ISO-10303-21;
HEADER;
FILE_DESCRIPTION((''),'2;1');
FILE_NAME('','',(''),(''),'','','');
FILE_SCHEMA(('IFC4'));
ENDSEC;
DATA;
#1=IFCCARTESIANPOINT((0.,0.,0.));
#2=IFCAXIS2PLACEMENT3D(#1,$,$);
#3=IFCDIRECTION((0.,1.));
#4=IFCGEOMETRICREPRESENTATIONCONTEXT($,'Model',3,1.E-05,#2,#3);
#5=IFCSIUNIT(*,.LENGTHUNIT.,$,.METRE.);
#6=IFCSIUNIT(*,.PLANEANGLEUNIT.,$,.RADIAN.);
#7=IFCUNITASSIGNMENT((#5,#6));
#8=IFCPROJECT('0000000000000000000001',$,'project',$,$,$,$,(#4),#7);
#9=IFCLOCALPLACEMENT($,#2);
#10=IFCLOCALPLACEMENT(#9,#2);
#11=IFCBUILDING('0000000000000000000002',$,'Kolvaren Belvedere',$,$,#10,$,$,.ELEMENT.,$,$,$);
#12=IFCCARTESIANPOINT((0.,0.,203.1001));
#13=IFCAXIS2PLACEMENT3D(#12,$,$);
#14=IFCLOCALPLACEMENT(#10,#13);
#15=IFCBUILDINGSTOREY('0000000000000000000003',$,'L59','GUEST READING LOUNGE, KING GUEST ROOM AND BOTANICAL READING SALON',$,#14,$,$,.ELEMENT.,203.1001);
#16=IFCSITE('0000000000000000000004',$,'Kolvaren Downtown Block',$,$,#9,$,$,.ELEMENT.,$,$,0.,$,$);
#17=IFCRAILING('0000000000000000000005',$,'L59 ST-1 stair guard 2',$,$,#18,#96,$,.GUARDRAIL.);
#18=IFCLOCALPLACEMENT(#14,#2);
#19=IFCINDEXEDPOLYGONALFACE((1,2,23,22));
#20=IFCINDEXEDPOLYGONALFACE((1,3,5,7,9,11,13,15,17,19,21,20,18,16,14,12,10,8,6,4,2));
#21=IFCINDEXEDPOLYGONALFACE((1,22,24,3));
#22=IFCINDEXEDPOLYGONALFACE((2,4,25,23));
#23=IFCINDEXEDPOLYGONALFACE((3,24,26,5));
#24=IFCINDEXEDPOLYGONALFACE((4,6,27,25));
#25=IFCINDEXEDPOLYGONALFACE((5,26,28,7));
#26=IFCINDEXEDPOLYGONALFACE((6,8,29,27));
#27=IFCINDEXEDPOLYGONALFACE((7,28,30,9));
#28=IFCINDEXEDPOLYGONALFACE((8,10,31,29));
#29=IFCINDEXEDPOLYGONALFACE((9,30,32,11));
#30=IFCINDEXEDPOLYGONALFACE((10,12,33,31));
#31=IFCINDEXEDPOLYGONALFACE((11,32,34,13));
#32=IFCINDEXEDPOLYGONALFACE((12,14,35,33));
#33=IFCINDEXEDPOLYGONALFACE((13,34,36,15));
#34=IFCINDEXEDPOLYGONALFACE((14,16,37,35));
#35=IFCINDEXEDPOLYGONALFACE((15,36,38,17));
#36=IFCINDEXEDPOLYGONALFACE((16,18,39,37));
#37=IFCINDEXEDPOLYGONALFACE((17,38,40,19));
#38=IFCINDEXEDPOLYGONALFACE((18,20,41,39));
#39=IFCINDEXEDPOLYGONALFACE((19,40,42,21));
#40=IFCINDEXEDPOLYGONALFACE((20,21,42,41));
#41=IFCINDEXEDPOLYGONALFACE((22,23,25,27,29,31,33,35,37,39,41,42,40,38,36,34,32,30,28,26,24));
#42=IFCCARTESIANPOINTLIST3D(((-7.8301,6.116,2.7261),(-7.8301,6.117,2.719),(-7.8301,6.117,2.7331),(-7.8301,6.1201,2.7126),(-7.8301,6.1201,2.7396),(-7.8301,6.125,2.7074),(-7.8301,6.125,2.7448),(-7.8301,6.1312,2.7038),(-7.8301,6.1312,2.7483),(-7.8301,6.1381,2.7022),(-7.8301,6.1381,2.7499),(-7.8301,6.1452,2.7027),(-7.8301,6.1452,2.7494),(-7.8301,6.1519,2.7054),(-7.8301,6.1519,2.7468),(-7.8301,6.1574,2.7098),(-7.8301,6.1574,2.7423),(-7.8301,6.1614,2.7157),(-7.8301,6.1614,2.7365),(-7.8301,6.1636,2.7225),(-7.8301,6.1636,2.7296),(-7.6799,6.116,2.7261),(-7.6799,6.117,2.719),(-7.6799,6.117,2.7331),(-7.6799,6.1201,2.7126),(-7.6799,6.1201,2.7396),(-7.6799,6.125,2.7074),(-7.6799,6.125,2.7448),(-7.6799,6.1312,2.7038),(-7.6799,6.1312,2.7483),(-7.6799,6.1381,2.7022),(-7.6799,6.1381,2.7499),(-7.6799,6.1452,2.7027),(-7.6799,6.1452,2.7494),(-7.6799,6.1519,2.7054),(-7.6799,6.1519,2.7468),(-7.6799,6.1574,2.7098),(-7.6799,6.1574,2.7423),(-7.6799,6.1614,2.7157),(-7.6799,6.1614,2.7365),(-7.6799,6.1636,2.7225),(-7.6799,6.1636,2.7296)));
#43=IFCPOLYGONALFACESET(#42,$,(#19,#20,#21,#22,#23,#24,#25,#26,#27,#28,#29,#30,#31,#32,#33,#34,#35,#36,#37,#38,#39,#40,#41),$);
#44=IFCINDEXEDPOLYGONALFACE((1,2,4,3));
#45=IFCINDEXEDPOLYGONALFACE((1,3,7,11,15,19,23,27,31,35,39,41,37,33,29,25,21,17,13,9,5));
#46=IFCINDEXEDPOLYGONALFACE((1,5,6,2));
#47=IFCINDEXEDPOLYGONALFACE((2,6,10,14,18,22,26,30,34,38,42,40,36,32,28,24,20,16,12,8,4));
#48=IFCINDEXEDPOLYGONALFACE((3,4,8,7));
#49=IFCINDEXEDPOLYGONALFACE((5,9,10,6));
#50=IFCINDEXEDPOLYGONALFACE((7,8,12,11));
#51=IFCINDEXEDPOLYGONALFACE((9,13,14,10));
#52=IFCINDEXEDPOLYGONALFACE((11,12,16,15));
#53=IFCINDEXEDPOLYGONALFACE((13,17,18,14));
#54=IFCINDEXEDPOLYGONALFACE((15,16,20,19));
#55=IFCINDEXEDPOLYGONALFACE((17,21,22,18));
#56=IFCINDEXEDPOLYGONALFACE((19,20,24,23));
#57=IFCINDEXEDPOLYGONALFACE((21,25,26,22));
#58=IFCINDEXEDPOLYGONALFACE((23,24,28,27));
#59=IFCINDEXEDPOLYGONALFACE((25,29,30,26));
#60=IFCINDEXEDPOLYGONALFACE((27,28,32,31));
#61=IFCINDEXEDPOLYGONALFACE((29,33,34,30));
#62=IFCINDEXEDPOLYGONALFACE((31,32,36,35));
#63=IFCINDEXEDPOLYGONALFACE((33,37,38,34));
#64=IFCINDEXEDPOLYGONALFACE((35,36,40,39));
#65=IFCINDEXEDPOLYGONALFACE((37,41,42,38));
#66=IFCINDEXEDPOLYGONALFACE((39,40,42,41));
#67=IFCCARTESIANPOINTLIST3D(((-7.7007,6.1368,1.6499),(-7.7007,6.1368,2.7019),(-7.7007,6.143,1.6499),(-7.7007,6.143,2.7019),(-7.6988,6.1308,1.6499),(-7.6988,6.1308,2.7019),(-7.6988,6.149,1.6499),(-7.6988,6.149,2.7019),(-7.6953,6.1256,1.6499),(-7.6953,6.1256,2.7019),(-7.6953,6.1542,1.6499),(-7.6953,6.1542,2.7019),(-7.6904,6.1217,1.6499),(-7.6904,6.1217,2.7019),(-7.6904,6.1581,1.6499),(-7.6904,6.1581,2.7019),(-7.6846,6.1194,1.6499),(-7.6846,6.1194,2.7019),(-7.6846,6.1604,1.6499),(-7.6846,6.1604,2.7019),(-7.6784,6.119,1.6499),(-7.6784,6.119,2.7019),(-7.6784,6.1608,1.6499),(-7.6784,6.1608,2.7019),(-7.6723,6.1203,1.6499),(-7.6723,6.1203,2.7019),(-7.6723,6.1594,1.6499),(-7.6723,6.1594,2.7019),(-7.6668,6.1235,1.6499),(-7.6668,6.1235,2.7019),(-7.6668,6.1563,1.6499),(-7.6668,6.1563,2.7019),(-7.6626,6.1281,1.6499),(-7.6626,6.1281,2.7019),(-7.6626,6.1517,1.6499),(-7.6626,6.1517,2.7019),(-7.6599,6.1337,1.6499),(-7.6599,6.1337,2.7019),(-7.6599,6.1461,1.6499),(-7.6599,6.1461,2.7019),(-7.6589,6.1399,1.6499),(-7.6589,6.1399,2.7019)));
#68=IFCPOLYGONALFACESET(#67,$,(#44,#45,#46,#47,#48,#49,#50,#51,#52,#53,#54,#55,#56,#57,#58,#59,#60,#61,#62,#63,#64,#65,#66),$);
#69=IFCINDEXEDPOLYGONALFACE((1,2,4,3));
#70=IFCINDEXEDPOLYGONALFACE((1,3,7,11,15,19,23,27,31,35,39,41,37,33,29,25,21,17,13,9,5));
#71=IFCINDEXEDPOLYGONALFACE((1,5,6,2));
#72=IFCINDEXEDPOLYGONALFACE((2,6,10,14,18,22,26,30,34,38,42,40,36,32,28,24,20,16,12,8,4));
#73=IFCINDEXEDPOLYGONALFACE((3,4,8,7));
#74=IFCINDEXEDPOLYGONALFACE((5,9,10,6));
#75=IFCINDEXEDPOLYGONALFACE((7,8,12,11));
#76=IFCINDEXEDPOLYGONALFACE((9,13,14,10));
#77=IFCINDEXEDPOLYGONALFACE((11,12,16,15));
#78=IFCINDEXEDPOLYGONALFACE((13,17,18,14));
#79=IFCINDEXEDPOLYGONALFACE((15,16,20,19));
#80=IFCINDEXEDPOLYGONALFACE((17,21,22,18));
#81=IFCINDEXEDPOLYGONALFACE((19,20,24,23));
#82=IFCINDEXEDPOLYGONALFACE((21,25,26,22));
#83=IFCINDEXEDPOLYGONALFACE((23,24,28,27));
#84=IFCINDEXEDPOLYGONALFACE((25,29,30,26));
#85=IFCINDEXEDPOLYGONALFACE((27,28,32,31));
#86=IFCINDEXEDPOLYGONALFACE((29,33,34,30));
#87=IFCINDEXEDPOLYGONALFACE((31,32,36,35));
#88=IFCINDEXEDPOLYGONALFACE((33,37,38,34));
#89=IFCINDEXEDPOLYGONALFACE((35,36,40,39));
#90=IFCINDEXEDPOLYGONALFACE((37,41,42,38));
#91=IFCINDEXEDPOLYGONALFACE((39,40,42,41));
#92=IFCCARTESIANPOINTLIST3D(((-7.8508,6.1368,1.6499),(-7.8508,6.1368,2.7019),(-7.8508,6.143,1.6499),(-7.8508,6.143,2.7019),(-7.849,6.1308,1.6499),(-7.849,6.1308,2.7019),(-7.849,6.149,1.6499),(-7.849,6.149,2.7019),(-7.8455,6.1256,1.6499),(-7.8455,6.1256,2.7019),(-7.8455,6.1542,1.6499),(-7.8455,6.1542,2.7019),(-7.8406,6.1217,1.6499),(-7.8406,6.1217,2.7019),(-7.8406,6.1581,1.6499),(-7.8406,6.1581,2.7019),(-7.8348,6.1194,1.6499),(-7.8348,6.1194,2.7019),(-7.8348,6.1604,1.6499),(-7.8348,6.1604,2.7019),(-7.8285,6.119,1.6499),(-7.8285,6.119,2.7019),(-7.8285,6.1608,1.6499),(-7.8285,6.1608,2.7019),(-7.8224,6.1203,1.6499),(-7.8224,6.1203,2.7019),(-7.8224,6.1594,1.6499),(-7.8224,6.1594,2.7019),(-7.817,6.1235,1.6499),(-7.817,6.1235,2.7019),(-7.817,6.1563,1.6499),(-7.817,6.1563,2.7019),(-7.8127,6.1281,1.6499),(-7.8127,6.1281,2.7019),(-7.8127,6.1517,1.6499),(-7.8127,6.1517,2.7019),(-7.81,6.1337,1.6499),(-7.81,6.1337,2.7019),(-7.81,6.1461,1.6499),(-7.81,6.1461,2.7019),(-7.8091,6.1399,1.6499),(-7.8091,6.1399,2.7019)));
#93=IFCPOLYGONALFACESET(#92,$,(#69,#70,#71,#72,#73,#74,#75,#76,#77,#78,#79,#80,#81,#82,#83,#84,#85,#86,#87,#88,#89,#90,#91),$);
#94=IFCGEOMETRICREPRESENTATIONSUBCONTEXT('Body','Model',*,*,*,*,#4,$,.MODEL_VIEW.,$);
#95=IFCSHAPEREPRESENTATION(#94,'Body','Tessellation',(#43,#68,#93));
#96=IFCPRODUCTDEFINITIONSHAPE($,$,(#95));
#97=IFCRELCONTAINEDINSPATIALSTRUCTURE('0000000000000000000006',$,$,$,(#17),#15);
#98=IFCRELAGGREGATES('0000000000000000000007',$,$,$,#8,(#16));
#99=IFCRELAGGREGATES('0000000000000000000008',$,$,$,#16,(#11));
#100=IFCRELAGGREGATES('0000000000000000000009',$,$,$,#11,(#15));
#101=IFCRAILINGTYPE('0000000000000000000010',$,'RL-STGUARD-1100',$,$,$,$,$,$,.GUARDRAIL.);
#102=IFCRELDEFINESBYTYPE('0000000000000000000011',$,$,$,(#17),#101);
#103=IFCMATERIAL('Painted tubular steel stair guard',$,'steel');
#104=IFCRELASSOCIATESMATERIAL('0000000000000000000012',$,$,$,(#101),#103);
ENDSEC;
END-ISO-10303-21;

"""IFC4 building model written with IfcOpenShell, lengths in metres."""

from ifc_helpers import new_model, si_unit, direction, frame, origin, origin_2d, place, context, subcontext, project, spatial, circle, extrude, material, type_object, element, save


model = new_model("IFC4")

# Units and contexts
model_context = context("Model", 3, precision=1e-05, world=origin(), true_north=direction((0.0, 1.0)))
body_context = subcontext(model_context, "Body", "Model", "MODEL_VIEW")
ifc_project = project(units=[si_unit("LENGTHUNIT", "METRE"), si_unit("PLANEANGLEUNIT", "RADIAN")], contexts=[model_context])

# Site, building, storey
site_placement = place(None, origin())
site = spatial("IfcSite", under=ifc_project, at=site_placement, Name="Kolvaren Downtown Block", CompositionType="ELEMENT", RefElevation=0.0)
building_placement = place(site_placement, origin())
building = spatial("IfcBuilding", under=site, at=building_placement, Name="Kolvaren Belvedere", CompositionType="ELEMENT")
storey_placement = place(building_placement, frame((0.0, 0.0, 203.1001)))
storey = spatial("IfcBuildingStorey", under=building, at=storey_placement, Name="L59", Description="GUEST READING LOUNGE, KING GUEST ROOM AND BOTANICAL READING SALON", CompositionType="ELEMENT", Elevation=203.1001)

# Railing
ifc_material_1 = material(Name="Painted tubular steel stair guard", Category="steel")
railing_type_1 = type_object("IfcRailingType", Name="RL-STGUARD-1100", PredefinedType="GUARDRAIL", material=ifc_material_1)
railing_1_placement = place(storey_placement, frame((-7.6799, 6.1399, 1.6499)))
element("IfcRailing", 1, at=railing_1_placement, inside=storey, type_object=railing_type_1, Name="L59 ST-1 stair guard 2", PredefinedType="GUARDRAIL", context=body_context, shape_type="SweptSolid", body=[
    extrude(circle(Radius=0.0239, at=origin_2d()), frame((0.0, 0.0, 1.0762), z_axis=(-1.0, 0.0, 0.0), x_axis=(0.0, -1.0, 0.0)), (0.0, 0.0, 1.0), 0.1501),
    extrude(circle(Radius=0.021, at=origin_2d()), origin(), (0.0, 0.0, 1.0), 1.052),
    extrude(circle(Radius=0.021, at=origin_2d()), frame((-0.1501, 0.0, 0.0)), (0.0, 0.0, 1.0), 1.052),
])

save(model, "model.ifc")
